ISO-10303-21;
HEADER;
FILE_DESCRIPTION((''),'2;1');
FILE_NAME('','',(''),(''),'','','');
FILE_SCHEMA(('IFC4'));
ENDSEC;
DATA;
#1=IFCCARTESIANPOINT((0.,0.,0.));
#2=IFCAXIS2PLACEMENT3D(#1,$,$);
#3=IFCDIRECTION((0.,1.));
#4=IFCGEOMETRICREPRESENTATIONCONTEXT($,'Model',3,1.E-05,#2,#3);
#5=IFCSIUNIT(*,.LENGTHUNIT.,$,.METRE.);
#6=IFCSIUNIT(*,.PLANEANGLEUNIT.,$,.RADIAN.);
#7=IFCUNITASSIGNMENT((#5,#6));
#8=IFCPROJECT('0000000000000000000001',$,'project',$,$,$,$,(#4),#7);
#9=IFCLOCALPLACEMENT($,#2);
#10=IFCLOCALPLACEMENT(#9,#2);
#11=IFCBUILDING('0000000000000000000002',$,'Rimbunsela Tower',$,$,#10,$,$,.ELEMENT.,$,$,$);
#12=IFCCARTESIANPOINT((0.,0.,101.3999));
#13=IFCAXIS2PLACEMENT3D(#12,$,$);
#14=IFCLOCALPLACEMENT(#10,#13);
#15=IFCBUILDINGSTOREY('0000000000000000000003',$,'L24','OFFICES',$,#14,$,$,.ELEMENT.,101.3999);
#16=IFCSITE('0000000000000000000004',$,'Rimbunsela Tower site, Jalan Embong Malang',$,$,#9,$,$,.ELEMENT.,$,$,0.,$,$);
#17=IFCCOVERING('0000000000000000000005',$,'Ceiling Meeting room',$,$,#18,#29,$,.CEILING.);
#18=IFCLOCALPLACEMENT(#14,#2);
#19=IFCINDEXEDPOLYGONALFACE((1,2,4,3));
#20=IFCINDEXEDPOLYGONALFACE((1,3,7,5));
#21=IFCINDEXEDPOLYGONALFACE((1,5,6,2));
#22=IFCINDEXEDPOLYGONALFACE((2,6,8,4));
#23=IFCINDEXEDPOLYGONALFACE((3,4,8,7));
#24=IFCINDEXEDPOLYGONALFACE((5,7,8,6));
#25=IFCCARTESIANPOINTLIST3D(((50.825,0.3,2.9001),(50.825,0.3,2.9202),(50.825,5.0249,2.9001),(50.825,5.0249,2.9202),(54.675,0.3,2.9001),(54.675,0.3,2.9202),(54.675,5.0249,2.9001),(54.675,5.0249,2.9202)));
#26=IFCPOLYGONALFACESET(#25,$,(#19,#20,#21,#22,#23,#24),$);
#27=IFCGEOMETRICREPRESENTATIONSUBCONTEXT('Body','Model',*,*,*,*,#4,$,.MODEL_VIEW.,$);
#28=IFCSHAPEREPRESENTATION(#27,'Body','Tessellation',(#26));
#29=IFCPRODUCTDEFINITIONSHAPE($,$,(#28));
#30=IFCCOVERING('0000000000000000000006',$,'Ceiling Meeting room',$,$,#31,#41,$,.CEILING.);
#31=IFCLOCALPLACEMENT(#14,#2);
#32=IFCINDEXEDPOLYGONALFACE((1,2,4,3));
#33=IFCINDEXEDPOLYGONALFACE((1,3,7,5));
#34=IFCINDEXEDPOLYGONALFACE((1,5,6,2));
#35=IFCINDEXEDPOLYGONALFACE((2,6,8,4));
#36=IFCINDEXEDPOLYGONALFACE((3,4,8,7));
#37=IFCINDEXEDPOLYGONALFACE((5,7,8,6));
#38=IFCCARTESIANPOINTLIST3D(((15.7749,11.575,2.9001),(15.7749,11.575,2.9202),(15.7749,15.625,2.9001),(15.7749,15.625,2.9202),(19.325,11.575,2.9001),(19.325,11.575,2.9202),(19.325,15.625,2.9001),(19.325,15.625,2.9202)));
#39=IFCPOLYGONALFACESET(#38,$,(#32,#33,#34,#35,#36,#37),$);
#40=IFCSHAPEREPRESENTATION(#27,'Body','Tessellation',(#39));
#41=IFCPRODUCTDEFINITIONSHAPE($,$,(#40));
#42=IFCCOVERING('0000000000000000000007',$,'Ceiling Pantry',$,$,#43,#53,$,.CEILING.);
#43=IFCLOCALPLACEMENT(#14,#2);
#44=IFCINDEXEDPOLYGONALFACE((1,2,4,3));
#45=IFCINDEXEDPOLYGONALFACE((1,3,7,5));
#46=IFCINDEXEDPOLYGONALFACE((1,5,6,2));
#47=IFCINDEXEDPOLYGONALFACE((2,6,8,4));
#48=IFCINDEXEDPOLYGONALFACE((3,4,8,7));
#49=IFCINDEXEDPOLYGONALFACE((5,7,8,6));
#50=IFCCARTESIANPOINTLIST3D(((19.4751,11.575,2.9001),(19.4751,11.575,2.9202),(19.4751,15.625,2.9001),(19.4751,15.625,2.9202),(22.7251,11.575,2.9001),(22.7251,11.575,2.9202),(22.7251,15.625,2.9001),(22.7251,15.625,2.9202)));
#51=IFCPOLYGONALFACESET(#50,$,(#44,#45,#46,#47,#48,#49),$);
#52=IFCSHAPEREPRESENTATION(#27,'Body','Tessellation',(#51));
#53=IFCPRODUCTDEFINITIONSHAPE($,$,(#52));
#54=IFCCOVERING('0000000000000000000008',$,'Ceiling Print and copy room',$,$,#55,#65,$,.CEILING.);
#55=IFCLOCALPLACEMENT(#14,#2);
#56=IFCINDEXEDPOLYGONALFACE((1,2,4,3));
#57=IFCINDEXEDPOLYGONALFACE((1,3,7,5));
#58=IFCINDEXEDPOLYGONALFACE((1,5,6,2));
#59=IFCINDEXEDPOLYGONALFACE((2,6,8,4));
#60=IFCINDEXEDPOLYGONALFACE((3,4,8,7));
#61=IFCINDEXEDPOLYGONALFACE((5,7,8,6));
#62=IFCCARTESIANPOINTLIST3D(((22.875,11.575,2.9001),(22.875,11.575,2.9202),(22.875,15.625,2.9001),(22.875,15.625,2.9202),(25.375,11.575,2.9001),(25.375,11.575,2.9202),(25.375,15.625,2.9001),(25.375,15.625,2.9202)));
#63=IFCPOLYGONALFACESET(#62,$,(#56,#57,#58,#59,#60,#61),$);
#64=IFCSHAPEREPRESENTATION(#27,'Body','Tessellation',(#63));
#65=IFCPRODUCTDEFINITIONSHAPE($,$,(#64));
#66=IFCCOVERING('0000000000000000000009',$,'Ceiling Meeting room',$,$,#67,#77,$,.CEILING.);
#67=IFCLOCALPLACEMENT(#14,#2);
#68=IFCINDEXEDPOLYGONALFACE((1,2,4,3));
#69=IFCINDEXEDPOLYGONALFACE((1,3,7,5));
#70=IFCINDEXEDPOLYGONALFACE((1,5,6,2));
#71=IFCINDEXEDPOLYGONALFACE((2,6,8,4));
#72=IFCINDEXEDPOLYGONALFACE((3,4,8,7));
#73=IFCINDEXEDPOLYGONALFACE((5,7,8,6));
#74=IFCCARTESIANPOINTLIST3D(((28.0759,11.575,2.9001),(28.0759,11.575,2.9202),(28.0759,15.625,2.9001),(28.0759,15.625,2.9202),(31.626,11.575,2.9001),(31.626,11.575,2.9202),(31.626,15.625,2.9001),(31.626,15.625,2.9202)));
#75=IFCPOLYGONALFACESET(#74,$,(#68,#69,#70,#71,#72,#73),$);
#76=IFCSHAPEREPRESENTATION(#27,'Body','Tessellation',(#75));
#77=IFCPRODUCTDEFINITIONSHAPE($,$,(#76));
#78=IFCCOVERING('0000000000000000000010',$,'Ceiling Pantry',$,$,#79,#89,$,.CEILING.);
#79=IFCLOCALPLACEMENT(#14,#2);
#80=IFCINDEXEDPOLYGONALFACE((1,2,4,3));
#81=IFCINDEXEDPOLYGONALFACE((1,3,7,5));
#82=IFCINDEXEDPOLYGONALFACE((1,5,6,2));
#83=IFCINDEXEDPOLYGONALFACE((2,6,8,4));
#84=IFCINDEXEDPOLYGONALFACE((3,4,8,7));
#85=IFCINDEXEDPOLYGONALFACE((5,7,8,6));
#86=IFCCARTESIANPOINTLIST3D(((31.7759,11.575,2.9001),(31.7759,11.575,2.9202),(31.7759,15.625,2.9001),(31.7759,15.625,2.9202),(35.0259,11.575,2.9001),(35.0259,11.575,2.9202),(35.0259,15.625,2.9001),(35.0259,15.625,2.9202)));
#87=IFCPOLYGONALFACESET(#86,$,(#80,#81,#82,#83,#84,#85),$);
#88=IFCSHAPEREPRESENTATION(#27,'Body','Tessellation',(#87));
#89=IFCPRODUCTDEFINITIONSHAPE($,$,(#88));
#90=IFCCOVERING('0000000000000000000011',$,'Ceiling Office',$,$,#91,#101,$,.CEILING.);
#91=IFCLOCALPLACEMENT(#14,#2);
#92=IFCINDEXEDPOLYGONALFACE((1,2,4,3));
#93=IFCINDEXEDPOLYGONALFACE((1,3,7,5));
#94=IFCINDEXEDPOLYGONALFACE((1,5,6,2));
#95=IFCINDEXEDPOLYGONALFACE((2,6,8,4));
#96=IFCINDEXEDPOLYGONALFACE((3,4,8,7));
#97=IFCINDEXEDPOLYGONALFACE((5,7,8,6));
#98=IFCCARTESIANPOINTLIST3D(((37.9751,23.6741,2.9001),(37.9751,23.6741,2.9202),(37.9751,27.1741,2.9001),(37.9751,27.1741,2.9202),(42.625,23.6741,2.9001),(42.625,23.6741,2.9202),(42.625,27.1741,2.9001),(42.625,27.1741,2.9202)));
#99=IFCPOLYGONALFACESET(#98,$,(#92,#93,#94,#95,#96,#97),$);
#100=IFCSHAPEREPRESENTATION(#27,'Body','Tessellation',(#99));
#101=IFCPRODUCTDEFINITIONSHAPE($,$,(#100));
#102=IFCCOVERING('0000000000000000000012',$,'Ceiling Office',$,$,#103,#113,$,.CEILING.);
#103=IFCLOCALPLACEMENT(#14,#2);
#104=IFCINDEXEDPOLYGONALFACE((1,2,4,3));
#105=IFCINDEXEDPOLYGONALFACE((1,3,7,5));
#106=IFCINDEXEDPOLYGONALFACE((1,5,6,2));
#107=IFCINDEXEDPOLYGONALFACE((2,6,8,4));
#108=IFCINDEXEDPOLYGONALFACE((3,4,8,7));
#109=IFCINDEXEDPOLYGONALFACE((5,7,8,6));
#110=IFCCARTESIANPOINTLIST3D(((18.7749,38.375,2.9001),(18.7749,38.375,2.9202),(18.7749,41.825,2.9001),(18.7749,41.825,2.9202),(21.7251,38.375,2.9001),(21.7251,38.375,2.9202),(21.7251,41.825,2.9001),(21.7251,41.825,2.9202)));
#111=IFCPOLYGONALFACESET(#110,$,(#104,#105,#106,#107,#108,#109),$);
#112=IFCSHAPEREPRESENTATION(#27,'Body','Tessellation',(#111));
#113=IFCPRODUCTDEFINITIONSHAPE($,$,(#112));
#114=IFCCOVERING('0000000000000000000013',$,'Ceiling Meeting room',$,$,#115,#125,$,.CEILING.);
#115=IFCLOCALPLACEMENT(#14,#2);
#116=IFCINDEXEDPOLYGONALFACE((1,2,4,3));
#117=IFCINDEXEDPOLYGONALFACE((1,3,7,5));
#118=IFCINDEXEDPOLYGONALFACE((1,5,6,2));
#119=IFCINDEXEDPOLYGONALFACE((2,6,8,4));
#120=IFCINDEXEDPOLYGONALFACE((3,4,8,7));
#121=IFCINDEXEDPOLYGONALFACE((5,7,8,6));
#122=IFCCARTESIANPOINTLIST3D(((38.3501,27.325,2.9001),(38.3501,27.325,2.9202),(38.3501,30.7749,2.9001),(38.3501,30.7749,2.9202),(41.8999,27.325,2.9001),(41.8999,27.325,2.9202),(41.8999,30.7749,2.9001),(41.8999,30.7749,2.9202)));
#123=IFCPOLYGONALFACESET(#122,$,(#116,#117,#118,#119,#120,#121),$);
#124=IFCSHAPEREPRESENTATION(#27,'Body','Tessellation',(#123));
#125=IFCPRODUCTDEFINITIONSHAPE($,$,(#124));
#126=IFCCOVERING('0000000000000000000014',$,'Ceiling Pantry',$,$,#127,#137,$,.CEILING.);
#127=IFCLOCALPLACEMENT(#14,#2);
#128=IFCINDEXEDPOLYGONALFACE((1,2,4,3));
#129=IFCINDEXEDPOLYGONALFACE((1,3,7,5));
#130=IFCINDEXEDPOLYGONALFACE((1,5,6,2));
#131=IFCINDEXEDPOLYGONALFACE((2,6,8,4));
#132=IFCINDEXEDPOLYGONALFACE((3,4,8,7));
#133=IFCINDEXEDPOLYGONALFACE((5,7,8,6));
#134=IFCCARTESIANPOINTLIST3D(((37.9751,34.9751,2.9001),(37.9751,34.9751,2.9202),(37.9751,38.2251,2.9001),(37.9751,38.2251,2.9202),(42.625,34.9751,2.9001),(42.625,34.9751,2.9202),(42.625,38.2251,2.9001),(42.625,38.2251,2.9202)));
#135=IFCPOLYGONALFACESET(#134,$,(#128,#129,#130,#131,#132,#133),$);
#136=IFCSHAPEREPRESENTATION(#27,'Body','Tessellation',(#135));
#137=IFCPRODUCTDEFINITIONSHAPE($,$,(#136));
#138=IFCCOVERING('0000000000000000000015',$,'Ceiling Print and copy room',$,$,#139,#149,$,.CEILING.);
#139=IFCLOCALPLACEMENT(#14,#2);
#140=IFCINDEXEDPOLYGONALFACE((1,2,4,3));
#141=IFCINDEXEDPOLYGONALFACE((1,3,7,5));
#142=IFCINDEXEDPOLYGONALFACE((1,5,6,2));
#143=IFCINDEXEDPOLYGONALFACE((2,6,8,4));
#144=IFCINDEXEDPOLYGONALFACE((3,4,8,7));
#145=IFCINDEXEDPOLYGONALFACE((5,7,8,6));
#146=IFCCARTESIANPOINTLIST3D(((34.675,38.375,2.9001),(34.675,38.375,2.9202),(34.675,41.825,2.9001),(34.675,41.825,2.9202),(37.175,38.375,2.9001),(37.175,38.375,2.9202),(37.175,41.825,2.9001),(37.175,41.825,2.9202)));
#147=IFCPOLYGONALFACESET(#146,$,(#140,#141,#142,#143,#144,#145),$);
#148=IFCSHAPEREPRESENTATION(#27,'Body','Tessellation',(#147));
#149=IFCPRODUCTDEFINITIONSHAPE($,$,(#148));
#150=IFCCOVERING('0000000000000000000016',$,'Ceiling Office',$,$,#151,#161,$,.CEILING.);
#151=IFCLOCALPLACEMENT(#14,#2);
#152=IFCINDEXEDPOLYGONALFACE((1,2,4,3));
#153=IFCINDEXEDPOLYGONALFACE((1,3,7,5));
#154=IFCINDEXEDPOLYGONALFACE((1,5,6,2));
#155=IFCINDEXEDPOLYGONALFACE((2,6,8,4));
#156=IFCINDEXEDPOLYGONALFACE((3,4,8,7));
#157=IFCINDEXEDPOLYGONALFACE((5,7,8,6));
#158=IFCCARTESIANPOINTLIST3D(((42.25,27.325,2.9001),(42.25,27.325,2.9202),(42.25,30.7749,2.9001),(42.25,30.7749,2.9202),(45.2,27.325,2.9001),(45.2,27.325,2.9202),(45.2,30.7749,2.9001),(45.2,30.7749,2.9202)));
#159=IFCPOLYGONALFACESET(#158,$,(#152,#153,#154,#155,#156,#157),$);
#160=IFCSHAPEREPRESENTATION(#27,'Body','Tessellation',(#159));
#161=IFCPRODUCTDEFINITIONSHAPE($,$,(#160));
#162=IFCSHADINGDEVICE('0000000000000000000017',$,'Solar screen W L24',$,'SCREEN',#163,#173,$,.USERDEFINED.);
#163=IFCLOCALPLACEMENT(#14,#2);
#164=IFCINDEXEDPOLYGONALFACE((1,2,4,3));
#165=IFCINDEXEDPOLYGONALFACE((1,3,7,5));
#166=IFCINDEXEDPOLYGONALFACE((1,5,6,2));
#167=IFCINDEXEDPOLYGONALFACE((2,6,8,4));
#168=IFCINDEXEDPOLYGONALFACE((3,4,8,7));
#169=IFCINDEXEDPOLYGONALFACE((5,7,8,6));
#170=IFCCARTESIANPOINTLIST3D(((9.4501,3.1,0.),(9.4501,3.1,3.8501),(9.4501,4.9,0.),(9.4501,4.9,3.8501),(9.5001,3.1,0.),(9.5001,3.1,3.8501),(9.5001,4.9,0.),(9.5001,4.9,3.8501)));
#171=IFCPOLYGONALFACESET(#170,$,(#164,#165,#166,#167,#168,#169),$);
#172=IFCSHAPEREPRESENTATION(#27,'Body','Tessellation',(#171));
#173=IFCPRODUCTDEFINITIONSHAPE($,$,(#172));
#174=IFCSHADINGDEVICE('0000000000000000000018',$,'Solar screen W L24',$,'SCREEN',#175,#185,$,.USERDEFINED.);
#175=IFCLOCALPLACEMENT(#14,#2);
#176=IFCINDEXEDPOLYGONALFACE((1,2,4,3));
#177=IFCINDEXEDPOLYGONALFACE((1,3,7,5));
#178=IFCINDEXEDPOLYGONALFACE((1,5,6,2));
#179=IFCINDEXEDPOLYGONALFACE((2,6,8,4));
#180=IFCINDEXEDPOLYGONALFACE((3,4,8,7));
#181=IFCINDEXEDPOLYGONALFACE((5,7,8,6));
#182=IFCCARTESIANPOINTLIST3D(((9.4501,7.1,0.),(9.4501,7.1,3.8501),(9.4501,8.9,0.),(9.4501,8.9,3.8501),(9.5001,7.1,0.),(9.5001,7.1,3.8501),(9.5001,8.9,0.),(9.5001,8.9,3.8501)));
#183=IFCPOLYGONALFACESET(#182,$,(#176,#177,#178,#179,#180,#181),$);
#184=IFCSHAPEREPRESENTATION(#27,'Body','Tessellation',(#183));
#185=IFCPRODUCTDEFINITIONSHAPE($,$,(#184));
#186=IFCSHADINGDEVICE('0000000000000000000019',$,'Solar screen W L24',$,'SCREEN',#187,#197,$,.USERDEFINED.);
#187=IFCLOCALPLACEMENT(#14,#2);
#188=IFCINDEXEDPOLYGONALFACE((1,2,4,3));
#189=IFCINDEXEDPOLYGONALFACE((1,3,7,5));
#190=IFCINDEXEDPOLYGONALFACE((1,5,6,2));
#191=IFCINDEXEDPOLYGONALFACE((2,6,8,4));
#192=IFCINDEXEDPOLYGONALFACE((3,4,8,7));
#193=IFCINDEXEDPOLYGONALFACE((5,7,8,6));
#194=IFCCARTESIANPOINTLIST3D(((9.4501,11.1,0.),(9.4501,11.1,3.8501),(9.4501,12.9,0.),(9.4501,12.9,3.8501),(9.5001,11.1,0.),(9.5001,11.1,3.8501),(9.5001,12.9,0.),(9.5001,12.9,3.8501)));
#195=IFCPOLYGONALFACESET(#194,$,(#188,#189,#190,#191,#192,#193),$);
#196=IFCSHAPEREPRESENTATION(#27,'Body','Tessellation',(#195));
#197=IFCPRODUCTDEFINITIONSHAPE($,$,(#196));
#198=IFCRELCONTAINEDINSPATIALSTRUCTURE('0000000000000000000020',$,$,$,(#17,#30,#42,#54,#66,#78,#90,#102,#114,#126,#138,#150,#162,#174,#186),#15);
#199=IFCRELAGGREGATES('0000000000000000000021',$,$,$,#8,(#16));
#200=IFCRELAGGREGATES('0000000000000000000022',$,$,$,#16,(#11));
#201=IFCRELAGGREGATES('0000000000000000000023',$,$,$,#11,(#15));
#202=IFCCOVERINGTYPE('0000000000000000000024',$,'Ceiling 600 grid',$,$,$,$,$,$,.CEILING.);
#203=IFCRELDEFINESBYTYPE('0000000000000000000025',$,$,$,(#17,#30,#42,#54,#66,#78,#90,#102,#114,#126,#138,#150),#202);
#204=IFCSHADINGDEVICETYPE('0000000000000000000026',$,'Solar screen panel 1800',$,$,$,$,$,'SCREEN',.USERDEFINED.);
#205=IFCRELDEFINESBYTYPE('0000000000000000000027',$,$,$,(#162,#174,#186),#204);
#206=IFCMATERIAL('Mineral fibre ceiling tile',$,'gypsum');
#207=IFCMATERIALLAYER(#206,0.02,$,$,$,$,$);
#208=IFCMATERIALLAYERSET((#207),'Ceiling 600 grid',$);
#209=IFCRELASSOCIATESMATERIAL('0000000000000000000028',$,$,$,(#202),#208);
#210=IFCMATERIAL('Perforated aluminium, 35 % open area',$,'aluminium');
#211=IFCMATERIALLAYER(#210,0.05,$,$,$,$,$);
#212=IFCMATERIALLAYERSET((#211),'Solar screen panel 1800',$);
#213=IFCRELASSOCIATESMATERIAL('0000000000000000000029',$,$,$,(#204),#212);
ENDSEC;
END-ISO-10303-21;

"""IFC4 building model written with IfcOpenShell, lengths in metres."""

from ifc_helpers import new_model, si_unit, direction, frame, origin, origin_2d, place, context, subcontext, project, spatial, polyline, rectangle, outline, extrude, material, layer, layer_set, type_object, element, save


model = new_model("IFC4")

# Units and contexts
model_context = context("Model", 3, precision=1e-05, world=origin(), true_north=direction((0.0, 1.0)))
body_context = subcontext(model_context, "Body", "Model", "MODEL_VIEW")
ifc_project = project(units=[si_unit("LENGTHUNIT", "METRE"), si_unit("PLANEANGLEUNIT", "RADIAN")], contexts=[model_context])

# Site, building, storey
site_placement = place(None, origin())
site = spatial("IfcSite", under=ifc_project, at=site_placement, Name="Rimbunsela Tower site, Jalan Embong Malang", CompositionType="ELEMENT", RefElevation=0.0)
building_placement = place(site_placement, origin())
building = spatial("IfcBuilding", under=site, at=building_placement, Name="Rimbunsela Tower", CompositionType="ELEMENT")
storey_placement = place(building_placement, frame((0.0, 0.0, 101.3999)))
storey = spatial("IfcBuildingStorey", under=building, at=storey_placement, Name="L24", Description="OFFICES", CompositionType="ELEMENT", Elevation=101.3999)

# Coverings
ifc_material_1 = material(Name="Mineral fibre ceiling tile", Category="gypsum")
ifc_layer_1 = layer(ifc_material_1, 0.02)
ifc_layer_set_1 = layer_set([ifc_layer_1], Name="Ceiling 600 grid")
covering_type_1 = type_object("IfcCoveringType", Name="Ceiling 600 grid", PredefinedType="CEILING", material=ifc_layer_set_1)
covering_1_placement = place(storey_placement, frame((0.0, 0.0, 2.9001)))
element("IfcCovering", 1, at=covering_1_placement, inside=storey, type_object=covering_type_1, Name="Ceiling Meeting room", PredefinedType="CEILING", context=body_context, shape_type="SweptSolid", body=[
    extrude(outline(polyline([(54.675, 0.3), (54.675, 5.0249), (50.825, 5.0249), (50.825, 0.3), (54.675, 0.3)])), origin(), (0.0, 0.0, 1.0), 0.02),
])
covering_2_placement = place(storey_placement, frame((0.0, 0.0, 2.9001)))
element("IfcCovering", 2, at=covering_2_placement, inside=storey, type_object=covering_type_1, Name="Ceiling Meeting room", PredefinedType="CEILING", context=body_context, shape_type="SweptSolid", body=[
    extrude(outline(polyline([(19.325, 11.575), (19.325, 15.625), (15.7749, 15.625), (15.7749, 11.575), (19.325, 11.575)])), origin(), (0.0, 0.0, 1.0), 0.02),
])
covering_3_placement = place(storey_placement, frame((0.0, 0.0, 2.9001)))
element("IfcCovering", 3, at=covering_3_placement, inside=storey, type_object=covering_type_1, Name="Ceiling Pantry", PredefinedType="CEILING", context=body_context, shape_type="SweptSolid", body=[
    extrude(outline(polyline([(22.7251, 11.575), (22.7251, 15.625), (19.4751, 15.625), (19.4751, 11.575), (22.7251, 11.575)])), origin(), (0.0, 0.0, 1.0), 0.02),
])
covering_4_placement = place(storey_placement, frame((0.0, 0.0, 2.9001)))
element("IfcCovering", 4, at=covering_4_placement, inside=storey, type_object=covering_type_1, Name="Ceiling Print and copy room", PredefinedType="CEILING", context=body_context, shape_type="SweptSolid", body=[
    extrude(outline(polyline([(25.375, 11.575), (25.375, 15.625), (22.875, 15.625), (22.875, 11.575), (25.375, 11.575)])), origin(), (0.0, 0.0, 1.0), 0.02),
])
covering_5_placement = place(storey_placement, frame((0.0, 0.0, 2.9001)))
element("IfcCovering", 5, at=covering_5_placement, inside=storey, type_object=covering_type_1, Name="Ceiling Meeting room", PredefinedType="CEILING", context=body_context, shape_type="SweptSolid", body=[
    extrude(outline(polyline([(31.626, 11.575), (31.626, 15.625), (28.0759, 15.625), (28.0759, 11.575), (31.626, 11.575)])), origin(), (0.0, 0.0, 1.0), 0.02),
])
covering_6_placement = place(storey_placement, frame((0.0, 0.0, 2.9001)))
element("IfcCovering", 6, at=covering_6_placement, inside=storey, type_object=covering_type_1, Name="Ceiling Pantry", PredefinedType="CEILING", context=body_context, shape_type="SweptSolid", body=[
    extrude(outline(polyline([(35.0259, 11.575), (35.0259, 15.625), (31.7759, 15.625), (31.7759, 11.575), (35.0259, 11.575)])), origin(), (0.0, 0.0, 1.0), 0.02),
])
covering_7_placement = place(storey_placement, frame((0.0, 0.0, 2.9001)))
element("IfcCovering", 7, at=covering_7_placement, inside=storey, type_object=covering_type_1, Name="Ceiling Office", PredefinedType="CEILING", context=body_context, shape_type="SweptSolid", body=[
    extrude(outline(polyline([(42.625, 23.6741), (42.625, 27.1741), (37.9751, 27.1741), (37.9751, 23.6741), (42.625, 23.6741)])), origin(), (0.0, 0.0, 1.0), 0.02),
])
covering_8_placement = place(storey_placement, frame((0.0, 0.0, 2.9001)))
element("IfcCovering", 8, at=covering_8_placement, inside=storey, type_object=covering_type_1, Name="Ceiling Office", PredefinedType="CEILING", context=body_context, shape_type="SweptSolid", body=[
    extrude(outline(polyline([(21.7251, 38.375), (21.7251, 41.825), (18.7749, 41.825), (18.7749, 38.375), (21.7251, 38.375)])), origin(), (0.0, 0.0, 1.0), 0.02),
])
covering_9_placement = place(storey_placement, frame((0.0, 0.0, 2.9001)))
element("IfcCovering", 9, at=covering_9_placement, inside=storey, type_object=covering_type_1, Name="Ceiling Meeting room", PredefinedType="CEILING", context=body_context, shape_type="SweptSolid", body=[
    extrude(outline(polyline([(41.8999, 27.325), (41.8999, 30.7749), (38.3501, 30.7749), (38.3501, 27.325), (41.8999, 27.325)])), origin(), (0.0, 0.0, 1.0), 0.02),
])
covering_10_placement = place(storey_placement, frame((0.0, 0.0, 2.9001)))
element("IfcCovering", 10, at=covering_10_placement, inside=storey, type_object=covering_type_1, Name="Ceiling Pantry", PredefinedType="CEILING", context=body_context, shape_type="SweptSolid", body=[
    extrude(outline(polyline([(42.625, 34.9751), (42.625, 38.2251), (37.9751, 38.2251), (37.9751, 34.9751), (42.625, 34.9751)])), origin(), (0.0, 0.0, 1.0), 0.02),
])
covering_11_placement = place(storey_placement, frame((0.0, 0.0, 2.9001)))
element("IfcCovering", 11, at=covering_11_placement, inside=storey, type_object=covering_type_1, Name="Ceiling Print and copy room", PredefinedType="CEILING", context=body_context, shape_type="SweptSolid", body=[
    extrude(outline(polyline([(37.175, 38.375), (37.175, 41.825), (34.675, 41.825), (34.675, 38.375), (37.175, 38.375)])), origin(), (0.0, 0.0, 1.0), 0.02),
])
covering_12_placement = place(storey_placement, frame((0.0, 0.0, 2.9001)))
element("IfcCovering", 12, at=covering_12_placement, inside=storey, type_object=covering_type_1, Name="Ceiling Office", PredefinedType="CEILING", context=body_context, shape_type="SweptSolid", body=[
    extrude(outline(polyline([(45.2, 27.325), (45.2, 30.7749), (42.25, 30.7749), (42.25, 27.325), (45.2, 27.325)])), origin(), (0.0, 0.0, 1.0), 0.02),
])

# Shading devices
ifc_material_2 = material(Name="Perforated aluminium, 35 % open area", Category="aluminium")
ifc_layer_2 = layer(ifc_material_2, 0.05)
ifc_layer_set_2 = layer_set([ifc_layer_2], Name="Solar screen panel 1800")
shading_device_type = type_object("IfcShadingDeviceType", Name="Solar screen panel 1800", ElementType="SCREEN", PredefinedType="USERDEFINED", material=ifc_layer_set_2)
for number, where, z_axis, x_axis, name in (
    (13, (9.4751, 4.0, 0.0), (0.0, 0.0, 1.0), (0.0, 1.0, 0.0), "Solar screen W L24"),
    (14, (9.4751, 8.0, 0.0), (0.0, 0.0, 1.0), (0.0, 1.0, 0.0), "Solar screen W L24"),
    (15, (9.4751, 12.0, 0.0), (0.0, 0.0, 1.0), (0.0, 1.0, 0.0), "Solar screen W L24"),
):
    element("IfcShadingDevice", number, at=place(storey_placement, frame(where, z_axis=z_axis, x_axis=x_axis)), inside=storey, type_object=shading_device_type, Name=name, ObjectType="SCREEN", PredefinedType="USERDEFINED", context=body_context, shape_type="SweptSolid", body=[
        extrude(rectangle(XDim=1.8, YDim=0.05, at=origin_2d()), origin(), (0.0, 0.0, 1.0), 3.8501),
    ])

save(model, "model.ifc")
